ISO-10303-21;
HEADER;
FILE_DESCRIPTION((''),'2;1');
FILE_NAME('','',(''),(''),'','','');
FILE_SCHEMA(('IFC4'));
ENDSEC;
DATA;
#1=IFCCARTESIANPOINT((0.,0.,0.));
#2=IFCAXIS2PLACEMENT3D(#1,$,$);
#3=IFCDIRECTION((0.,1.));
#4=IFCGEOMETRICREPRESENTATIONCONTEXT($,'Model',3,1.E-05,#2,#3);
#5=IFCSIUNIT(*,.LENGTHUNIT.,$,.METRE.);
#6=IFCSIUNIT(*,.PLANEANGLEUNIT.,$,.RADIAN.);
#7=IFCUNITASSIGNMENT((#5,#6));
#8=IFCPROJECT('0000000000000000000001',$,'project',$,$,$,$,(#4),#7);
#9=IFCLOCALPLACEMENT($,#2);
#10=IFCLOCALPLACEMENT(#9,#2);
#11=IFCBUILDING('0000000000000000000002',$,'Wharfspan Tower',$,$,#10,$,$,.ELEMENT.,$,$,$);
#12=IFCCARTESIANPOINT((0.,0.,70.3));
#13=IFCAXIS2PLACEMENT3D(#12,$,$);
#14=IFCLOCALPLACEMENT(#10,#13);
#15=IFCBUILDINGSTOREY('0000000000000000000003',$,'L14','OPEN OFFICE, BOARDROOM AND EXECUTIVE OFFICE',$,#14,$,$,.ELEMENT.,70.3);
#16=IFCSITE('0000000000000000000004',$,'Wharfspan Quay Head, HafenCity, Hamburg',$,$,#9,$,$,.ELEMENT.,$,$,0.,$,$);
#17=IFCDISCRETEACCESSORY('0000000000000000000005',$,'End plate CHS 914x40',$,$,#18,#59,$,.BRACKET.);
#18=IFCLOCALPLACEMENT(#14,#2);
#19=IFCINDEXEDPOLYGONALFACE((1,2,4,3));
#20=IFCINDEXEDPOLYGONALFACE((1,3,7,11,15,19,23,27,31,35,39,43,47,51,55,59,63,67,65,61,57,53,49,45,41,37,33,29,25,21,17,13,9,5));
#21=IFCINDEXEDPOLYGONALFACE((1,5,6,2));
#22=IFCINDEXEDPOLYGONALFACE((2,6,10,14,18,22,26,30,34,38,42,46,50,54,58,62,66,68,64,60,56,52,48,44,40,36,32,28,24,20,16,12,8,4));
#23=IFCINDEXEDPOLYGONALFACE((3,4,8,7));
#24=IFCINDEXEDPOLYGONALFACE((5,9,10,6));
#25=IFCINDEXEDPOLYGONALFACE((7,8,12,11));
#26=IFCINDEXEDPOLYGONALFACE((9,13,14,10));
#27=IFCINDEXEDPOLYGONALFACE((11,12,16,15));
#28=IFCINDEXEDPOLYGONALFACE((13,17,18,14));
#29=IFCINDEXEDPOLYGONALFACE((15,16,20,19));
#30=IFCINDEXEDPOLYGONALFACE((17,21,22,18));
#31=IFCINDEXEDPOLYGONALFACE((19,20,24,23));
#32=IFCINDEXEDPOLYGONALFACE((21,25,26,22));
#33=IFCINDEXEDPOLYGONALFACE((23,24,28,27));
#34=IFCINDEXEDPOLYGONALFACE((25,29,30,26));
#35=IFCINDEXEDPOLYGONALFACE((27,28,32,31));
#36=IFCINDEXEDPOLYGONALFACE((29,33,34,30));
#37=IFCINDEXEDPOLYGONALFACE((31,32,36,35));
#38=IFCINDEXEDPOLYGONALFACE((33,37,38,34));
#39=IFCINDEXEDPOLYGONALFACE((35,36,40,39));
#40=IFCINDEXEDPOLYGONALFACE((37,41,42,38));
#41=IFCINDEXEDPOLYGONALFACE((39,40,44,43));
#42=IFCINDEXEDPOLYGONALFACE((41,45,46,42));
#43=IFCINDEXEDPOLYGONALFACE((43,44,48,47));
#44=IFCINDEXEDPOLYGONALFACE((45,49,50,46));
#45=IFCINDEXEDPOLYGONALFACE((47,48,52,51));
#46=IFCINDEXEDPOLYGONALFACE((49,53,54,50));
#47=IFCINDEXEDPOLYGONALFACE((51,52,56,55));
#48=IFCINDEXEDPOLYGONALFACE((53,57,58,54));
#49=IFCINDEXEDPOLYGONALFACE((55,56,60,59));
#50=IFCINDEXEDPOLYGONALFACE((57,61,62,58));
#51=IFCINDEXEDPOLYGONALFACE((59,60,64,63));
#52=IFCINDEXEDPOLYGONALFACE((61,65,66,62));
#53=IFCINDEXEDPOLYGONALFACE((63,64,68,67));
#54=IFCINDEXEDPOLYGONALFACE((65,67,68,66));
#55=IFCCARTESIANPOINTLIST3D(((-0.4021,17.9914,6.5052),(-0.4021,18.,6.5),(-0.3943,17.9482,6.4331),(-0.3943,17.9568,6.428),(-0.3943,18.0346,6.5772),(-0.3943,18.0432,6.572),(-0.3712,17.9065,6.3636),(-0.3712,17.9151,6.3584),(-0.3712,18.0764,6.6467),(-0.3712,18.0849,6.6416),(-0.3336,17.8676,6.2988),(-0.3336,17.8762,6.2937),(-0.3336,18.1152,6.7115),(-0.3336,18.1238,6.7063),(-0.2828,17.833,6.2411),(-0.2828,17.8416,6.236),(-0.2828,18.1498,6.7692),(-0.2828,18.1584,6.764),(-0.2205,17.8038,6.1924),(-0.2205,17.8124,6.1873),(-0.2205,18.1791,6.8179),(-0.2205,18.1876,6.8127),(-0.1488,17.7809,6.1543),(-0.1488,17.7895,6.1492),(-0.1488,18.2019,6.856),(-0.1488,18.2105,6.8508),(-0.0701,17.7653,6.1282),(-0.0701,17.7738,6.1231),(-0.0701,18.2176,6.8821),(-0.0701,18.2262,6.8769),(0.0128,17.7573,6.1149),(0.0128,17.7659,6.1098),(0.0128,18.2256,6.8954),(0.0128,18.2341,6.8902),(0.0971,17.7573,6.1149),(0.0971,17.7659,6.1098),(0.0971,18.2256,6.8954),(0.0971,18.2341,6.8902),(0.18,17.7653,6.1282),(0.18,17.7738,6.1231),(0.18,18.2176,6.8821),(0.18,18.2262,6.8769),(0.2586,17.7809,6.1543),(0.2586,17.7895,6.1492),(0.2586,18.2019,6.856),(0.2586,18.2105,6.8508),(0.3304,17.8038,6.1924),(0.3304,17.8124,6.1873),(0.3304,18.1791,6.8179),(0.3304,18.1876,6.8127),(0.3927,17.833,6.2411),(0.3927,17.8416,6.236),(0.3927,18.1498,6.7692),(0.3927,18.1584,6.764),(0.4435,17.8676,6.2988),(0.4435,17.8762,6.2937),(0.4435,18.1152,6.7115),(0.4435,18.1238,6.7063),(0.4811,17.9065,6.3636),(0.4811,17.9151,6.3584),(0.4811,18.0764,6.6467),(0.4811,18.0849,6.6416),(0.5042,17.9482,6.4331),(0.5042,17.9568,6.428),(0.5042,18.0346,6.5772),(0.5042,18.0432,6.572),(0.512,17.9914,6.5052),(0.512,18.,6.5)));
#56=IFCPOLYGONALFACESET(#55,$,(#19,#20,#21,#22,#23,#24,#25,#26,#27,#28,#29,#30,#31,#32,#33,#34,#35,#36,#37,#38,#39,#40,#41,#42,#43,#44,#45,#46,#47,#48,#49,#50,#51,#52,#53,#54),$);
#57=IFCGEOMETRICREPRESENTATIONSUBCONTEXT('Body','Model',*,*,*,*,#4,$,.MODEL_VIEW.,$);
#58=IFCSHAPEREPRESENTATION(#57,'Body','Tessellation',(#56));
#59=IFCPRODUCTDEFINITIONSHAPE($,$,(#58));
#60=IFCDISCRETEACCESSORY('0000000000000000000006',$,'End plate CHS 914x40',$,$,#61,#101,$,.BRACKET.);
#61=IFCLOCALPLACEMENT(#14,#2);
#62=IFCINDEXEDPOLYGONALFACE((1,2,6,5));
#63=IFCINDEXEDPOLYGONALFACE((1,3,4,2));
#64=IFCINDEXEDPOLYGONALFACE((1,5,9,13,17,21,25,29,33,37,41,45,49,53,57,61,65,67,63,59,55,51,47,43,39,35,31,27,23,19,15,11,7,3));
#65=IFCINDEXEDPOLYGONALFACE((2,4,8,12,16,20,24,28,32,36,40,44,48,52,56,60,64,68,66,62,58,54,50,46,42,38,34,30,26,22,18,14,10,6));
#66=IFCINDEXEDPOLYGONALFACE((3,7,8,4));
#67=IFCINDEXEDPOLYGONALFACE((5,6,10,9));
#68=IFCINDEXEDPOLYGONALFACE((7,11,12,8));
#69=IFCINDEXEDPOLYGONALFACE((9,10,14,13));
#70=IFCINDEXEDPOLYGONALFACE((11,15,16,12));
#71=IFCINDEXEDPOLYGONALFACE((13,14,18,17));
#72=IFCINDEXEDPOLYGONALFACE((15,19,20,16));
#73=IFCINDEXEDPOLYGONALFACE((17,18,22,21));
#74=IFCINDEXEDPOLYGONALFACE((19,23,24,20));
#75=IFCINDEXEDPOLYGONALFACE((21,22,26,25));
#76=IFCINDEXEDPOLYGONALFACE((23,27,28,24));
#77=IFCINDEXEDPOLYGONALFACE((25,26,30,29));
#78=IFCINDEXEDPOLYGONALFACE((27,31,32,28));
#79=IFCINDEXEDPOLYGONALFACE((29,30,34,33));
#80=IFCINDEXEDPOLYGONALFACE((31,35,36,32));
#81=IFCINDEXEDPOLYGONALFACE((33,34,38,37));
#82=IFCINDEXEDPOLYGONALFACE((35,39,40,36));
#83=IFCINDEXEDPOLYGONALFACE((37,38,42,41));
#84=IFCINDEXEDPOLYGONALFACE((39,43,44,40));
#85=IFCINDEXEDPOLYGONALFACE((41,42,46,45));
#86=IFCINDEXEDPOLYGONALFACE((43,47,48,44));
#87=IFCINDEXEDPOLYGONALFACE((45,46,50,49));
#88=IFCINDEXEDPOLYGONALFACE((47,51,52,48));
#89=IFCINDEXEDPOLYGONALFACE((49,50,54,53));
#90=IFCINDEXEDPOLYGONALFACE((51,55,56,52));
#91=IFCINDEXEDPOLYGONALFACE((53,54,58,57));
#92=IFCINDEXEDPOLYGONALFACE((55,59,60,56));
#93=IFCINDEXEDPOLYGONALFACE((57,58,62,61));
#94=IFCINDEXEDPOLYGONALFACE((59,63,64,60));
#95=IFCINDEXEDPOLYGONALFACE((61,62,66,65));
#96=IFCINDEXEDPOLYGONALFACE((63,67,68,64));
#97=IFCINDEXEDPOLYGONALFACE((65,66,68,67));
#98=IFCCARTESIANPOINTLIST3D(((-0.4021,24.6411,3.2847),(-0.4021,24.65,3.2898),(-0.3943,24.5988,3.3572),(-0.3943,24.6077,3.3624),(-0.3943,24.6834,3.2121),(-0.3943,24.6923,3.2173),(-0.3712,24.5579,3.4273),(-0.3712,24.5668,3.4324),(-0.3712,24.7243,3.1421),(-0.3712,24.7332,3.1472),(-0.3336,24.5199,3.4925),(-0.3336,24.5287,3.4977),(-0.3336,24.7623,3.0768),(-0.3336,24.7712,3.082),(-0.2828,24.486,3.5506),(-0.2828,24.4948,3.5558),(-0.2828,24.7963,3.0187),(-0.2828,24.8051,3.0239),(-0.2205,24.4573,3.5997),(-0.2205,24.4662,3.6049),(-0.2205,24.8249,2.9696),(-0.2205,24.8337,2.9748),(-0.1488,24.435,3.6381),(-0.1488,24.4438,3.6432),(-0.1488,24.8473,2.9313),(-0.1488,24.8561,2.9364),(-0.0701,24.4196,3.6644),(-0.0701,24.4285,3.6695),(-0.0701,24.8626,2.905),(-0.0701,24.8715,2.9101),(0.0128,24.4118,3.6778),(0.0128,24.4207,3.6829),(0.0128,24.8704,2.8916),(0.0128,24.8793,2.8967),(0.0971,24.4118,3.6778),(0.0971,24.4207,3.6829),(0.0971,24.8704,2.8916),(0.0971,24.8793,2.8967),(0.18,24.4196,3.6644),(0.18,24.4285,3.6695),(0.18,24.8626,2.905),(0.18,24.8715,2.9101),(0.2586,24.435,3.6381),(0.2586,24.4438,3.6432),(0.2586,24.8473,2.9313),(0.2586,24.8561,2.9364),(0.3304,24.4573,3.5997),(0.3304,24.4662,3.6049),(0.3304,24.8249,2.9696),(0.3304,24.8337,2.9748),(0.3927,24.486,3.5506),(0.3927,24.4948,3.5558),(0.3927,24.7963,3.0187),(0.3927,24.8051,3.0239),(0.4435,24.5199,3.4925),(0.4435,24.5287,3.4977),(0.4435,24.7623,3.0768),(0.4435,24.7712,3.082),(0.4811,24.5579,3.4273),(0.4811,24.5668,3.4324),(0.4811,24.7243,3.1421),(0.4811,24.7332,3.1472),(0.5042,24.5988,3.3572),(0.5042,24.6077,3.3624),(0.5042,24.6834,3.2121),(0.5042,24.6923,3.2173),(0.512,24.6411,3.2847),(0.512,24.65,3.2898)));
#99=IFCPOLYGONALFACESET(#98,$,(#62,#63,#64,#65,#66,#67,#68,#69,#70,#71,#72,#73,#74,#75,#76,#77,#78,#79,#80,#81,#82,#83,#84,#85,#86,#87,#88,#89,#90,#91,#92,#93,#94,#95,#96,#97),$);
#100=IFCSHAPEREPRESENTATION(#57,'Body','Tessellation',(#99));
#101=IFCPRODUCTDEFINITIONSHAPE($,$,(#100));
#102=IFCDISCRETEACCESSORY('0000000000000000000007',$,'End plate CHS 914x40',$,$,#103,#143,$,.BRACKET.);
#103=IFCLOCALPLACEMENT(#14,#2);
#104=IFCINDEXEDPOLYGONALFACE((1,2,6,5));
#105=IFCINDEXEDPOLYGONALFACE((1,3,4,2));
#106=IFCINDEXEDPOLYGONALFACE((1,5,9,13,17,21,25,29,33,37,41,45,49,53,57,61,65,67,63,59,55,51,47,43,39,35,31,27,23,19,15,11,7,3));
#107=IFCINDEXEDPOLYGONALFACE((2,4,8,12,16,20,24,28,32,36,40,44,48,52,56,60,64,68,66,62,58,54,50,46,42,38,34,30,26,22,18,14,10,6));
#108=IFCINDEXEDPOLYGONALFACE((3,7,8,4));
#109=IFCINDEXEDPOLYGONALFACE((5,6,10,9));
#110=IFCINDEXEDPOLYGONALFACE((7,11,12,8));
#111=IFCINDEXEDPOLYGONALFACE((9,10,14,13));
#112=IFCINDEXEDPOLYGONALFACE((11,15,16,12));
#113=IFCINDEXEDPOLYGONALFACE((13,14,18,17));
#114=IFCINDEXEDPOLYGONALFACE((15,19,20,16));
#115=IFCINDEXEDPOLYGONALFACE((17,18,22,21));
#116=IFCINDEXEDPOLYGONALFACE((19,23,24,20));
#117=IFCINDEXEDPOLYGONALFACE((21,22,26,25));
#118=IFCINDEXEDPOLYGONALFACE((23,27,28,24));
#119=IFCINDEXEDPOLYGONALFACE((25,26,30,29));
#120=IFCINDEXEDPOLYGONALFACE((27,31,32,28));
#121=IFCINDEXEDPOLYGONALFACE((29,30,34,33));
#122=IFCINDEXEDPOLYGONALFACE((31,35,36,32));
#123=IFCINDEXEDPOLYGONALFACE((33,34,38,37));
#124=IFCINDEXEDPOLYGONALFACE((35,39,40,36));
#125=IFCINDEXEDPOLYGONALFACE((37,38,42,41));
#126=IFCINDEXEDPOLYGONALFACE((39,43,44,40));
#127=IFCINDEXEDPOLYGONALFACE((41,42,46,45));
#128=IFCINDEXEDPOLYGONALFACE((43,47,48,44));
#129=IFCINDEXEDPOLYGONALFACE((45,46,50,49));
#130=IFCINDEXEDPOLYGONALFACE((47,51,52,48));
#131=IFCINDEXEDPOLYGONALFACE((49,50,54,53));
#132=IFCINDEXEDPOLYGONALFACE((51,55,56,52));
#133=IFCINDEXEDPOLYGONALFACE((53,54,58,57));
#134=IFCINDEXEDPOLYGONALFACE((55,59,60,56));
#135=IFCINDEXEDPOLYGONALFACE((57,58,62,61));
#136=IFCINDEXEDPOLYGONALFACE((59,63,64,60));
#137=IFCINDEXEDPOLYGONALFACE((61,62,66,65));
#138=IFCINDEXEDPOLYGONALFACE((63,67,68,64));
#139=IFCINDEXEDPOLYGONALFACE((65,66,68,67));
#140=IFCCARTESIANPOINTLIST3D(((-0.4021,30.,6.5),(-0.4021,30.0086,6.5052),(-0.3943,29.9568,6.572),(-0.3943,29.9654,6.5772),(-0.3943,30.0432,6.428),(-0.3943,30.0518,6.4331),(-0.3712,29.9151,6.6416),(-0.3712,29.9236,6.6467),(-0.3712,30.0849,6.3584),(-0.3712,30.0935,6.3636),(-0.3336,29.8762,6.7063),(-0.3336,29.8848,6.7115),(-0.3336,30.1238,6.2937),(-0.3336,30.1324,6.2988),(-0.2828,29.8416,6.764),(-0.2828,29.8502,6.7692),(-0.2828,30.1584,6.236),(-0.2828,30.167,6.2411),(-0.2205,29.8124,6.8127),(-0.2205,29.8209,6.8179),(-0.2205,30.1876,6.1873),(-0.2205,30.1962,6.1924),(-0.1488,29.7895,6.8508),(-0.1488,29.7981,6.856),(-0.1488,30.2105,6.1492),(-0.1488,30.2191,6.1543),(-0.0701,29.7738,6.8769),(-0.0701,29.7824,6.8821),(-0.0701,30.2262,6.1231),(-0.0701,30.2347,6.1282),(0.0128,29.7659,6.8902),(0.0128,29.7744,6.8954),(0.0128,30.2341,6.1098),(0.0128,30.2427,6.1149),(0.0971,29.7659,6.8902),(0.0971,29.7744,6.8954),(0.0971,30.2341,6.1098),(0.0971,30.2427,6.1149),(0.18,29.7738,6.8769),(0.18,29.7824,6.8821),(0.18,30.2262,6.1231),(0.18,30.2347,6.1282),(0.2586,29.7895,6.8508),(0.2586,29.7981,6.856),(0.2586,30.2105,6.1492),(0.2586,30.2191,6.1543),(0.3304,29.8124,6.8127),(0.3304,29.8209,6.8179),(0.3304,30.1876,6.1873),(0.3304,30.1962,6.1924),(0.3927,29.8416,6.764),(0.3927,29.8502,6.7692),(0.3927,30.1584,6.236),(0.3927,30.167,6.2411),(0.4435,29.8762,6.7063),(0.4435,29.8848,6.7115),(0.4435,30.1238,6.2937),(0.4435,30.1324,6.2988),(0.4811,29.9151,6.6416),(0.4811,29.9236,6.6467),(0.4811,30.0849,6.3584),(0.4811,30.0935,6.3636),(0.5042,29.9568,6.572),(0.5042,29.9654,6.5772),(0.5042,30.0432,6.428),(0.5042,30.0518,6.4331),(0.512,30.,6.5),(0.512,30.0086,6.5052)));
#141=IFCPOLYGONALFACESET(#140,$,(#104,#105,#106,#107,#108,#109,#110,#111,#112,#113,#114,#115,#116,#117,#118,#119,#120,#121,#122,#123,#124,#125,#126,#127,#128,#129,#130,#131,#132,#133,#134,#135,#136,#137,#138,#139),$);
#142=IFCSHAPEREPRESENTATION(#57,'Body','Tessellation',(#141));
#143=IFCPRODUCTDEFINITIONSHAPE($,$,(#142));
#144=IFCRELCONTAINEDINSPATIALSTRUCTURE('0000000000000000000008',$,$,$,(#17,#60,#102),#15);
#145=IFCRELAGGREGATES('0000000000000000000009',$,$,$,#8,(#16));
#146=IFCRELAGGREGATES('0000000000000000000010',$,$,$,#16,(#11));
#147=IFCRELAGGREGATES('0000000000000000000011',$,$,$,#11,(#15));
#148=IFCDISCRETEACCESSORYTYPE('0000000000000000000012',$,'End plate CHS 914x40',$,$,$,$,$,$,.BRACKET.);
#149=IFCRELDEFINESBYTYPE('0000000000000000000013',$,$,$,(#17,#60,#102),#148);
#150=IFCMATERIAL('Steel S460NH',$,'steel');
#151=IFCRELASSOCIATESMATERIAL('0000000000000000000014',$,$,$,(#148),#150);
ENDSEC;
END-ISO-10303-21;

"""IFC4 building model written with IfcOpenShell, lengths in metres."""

from ifc_helpers import new_model, si_unit, direction, frame, origin, origin_2d, place, context, subcontext, project, spatial, circle, extrude, material, material_profile, profile_set, type_object, element, save


model = new_model("IFC4")

# Units and contexts
model_context = context("Model", 3, precision=1e-05, world=origin(), true_north=direction((0.0, 1.0)))
body_context = subcontext(model_context, "Body", "Model", "MODEL_VIEW")
ifc_project = project(units=[si_unit("LENGTHUNIT", "METRE"), si_unit("PLANEANGLEUNIT", "RADIAN")], contexts=[model_context])

# Site, building, storey
site_placement = place(None, origin())
site = spatial("IfcSite", under=ifc_project, at=site_placement, Name="Wharfspan Quay Head, HafenCity, Hamburg", CompositionType="ELEMENT", RefElevation=0.0)
building_placement = place(site_placement, origin())
building = spatial("IfcBuilding", under=site, at=building_placement, Name="Wharfspan Tower", CompositionType="ELEMENT")
storey_placement = place(building_placement, frame((0.0, 0.0, 70.3)))
storey = spatial("IfcBuildingStorey", under=building, at=storey_placement, Name="L14", Description="OPEN OFFICE, BOARDROOM AND EXECUTIVE OFFICE", CompositionType="ELEMENT", Elevation=70.3)

# Shared definitions
ifc_material_1 = material(Name="Steel S460NH", Category="steel")

# Discrete accessories
ifc_material_profile_1 = material_profile(ifc_material_1, circle(Radius=0.457, at=origin_2d()))
ifc_profile_set_1 = profile_set([ifc_material_profile_1], Name="Steel S460NH")
discrete_accessory_type = type_object("IfcDiscreteAccessoryType", Name="End plate CHS 914x40", PredefinedType="BRACKET", material=ifc_profile_set_1)
discrete_accessory_1_placement = place(storey_placement, frame((0.0549, 18.0, 6.5), z_axis=(0.0, -0.857493, 0.514496), x_axis=(1.0, 0.0, 0.0)))
element("IfcDiscreteAccessory", 1, at=discrete_accessory_1_placement, inside=storey, type_object=discrete_accessory_type, Name="End plate CHS 914x40", PredefinedType="BRACKET", context=body_context, shape_type="SweptSolid", body=[
    extrude(circle(Radius=0.457, at=origin_2d()), origin(), (0.0, 0.0, 1.0), 0.01),
])
discrete_accessory_2_placement = place(storey_placement, frame((0.0549, 24.6411, 3.2847), z_axis=(0.0, 0.863779, 0.503871), x_axis=(-1.0, 0.0, 0.0)))
element("IfcDiscreteAccessory", 2, at=discrete_accessory_2_placement, inside=storey, type_object=discrete_accessory_type, Name="End plate CHS 914x40", PredefinedType="BRACKET", context=body_context, shape_type="SweptSolid", body=[
    extrude(circle(Radius=0.457, at=origin_2d()), origin(), (0.0, 0.0, 1.0), 0.0103),
])
discrete_accessory_3_placement = place(storey_placement, frame((0.0549, 30.0, 6.5), z_axis=(0.0, 0.857493, 0.514496), x_axis=(-1.0, 0.0, 0.0)))
element("IfcDiscreteAccessory", 3, at=discrete_accessory_3_placement, inside=storey, type_object=discrete_accessory_type, Name="End plate CHS 914x40", PredefinedType="BRACKET", context=body_context, shape_type="SweptSolid", body=[
    extrude(circle(Radius=0.457, at=origin_2d()), origin(), (0.0, 0.0, 1.0), 0.01),
])

save(model, "model.ifc")
